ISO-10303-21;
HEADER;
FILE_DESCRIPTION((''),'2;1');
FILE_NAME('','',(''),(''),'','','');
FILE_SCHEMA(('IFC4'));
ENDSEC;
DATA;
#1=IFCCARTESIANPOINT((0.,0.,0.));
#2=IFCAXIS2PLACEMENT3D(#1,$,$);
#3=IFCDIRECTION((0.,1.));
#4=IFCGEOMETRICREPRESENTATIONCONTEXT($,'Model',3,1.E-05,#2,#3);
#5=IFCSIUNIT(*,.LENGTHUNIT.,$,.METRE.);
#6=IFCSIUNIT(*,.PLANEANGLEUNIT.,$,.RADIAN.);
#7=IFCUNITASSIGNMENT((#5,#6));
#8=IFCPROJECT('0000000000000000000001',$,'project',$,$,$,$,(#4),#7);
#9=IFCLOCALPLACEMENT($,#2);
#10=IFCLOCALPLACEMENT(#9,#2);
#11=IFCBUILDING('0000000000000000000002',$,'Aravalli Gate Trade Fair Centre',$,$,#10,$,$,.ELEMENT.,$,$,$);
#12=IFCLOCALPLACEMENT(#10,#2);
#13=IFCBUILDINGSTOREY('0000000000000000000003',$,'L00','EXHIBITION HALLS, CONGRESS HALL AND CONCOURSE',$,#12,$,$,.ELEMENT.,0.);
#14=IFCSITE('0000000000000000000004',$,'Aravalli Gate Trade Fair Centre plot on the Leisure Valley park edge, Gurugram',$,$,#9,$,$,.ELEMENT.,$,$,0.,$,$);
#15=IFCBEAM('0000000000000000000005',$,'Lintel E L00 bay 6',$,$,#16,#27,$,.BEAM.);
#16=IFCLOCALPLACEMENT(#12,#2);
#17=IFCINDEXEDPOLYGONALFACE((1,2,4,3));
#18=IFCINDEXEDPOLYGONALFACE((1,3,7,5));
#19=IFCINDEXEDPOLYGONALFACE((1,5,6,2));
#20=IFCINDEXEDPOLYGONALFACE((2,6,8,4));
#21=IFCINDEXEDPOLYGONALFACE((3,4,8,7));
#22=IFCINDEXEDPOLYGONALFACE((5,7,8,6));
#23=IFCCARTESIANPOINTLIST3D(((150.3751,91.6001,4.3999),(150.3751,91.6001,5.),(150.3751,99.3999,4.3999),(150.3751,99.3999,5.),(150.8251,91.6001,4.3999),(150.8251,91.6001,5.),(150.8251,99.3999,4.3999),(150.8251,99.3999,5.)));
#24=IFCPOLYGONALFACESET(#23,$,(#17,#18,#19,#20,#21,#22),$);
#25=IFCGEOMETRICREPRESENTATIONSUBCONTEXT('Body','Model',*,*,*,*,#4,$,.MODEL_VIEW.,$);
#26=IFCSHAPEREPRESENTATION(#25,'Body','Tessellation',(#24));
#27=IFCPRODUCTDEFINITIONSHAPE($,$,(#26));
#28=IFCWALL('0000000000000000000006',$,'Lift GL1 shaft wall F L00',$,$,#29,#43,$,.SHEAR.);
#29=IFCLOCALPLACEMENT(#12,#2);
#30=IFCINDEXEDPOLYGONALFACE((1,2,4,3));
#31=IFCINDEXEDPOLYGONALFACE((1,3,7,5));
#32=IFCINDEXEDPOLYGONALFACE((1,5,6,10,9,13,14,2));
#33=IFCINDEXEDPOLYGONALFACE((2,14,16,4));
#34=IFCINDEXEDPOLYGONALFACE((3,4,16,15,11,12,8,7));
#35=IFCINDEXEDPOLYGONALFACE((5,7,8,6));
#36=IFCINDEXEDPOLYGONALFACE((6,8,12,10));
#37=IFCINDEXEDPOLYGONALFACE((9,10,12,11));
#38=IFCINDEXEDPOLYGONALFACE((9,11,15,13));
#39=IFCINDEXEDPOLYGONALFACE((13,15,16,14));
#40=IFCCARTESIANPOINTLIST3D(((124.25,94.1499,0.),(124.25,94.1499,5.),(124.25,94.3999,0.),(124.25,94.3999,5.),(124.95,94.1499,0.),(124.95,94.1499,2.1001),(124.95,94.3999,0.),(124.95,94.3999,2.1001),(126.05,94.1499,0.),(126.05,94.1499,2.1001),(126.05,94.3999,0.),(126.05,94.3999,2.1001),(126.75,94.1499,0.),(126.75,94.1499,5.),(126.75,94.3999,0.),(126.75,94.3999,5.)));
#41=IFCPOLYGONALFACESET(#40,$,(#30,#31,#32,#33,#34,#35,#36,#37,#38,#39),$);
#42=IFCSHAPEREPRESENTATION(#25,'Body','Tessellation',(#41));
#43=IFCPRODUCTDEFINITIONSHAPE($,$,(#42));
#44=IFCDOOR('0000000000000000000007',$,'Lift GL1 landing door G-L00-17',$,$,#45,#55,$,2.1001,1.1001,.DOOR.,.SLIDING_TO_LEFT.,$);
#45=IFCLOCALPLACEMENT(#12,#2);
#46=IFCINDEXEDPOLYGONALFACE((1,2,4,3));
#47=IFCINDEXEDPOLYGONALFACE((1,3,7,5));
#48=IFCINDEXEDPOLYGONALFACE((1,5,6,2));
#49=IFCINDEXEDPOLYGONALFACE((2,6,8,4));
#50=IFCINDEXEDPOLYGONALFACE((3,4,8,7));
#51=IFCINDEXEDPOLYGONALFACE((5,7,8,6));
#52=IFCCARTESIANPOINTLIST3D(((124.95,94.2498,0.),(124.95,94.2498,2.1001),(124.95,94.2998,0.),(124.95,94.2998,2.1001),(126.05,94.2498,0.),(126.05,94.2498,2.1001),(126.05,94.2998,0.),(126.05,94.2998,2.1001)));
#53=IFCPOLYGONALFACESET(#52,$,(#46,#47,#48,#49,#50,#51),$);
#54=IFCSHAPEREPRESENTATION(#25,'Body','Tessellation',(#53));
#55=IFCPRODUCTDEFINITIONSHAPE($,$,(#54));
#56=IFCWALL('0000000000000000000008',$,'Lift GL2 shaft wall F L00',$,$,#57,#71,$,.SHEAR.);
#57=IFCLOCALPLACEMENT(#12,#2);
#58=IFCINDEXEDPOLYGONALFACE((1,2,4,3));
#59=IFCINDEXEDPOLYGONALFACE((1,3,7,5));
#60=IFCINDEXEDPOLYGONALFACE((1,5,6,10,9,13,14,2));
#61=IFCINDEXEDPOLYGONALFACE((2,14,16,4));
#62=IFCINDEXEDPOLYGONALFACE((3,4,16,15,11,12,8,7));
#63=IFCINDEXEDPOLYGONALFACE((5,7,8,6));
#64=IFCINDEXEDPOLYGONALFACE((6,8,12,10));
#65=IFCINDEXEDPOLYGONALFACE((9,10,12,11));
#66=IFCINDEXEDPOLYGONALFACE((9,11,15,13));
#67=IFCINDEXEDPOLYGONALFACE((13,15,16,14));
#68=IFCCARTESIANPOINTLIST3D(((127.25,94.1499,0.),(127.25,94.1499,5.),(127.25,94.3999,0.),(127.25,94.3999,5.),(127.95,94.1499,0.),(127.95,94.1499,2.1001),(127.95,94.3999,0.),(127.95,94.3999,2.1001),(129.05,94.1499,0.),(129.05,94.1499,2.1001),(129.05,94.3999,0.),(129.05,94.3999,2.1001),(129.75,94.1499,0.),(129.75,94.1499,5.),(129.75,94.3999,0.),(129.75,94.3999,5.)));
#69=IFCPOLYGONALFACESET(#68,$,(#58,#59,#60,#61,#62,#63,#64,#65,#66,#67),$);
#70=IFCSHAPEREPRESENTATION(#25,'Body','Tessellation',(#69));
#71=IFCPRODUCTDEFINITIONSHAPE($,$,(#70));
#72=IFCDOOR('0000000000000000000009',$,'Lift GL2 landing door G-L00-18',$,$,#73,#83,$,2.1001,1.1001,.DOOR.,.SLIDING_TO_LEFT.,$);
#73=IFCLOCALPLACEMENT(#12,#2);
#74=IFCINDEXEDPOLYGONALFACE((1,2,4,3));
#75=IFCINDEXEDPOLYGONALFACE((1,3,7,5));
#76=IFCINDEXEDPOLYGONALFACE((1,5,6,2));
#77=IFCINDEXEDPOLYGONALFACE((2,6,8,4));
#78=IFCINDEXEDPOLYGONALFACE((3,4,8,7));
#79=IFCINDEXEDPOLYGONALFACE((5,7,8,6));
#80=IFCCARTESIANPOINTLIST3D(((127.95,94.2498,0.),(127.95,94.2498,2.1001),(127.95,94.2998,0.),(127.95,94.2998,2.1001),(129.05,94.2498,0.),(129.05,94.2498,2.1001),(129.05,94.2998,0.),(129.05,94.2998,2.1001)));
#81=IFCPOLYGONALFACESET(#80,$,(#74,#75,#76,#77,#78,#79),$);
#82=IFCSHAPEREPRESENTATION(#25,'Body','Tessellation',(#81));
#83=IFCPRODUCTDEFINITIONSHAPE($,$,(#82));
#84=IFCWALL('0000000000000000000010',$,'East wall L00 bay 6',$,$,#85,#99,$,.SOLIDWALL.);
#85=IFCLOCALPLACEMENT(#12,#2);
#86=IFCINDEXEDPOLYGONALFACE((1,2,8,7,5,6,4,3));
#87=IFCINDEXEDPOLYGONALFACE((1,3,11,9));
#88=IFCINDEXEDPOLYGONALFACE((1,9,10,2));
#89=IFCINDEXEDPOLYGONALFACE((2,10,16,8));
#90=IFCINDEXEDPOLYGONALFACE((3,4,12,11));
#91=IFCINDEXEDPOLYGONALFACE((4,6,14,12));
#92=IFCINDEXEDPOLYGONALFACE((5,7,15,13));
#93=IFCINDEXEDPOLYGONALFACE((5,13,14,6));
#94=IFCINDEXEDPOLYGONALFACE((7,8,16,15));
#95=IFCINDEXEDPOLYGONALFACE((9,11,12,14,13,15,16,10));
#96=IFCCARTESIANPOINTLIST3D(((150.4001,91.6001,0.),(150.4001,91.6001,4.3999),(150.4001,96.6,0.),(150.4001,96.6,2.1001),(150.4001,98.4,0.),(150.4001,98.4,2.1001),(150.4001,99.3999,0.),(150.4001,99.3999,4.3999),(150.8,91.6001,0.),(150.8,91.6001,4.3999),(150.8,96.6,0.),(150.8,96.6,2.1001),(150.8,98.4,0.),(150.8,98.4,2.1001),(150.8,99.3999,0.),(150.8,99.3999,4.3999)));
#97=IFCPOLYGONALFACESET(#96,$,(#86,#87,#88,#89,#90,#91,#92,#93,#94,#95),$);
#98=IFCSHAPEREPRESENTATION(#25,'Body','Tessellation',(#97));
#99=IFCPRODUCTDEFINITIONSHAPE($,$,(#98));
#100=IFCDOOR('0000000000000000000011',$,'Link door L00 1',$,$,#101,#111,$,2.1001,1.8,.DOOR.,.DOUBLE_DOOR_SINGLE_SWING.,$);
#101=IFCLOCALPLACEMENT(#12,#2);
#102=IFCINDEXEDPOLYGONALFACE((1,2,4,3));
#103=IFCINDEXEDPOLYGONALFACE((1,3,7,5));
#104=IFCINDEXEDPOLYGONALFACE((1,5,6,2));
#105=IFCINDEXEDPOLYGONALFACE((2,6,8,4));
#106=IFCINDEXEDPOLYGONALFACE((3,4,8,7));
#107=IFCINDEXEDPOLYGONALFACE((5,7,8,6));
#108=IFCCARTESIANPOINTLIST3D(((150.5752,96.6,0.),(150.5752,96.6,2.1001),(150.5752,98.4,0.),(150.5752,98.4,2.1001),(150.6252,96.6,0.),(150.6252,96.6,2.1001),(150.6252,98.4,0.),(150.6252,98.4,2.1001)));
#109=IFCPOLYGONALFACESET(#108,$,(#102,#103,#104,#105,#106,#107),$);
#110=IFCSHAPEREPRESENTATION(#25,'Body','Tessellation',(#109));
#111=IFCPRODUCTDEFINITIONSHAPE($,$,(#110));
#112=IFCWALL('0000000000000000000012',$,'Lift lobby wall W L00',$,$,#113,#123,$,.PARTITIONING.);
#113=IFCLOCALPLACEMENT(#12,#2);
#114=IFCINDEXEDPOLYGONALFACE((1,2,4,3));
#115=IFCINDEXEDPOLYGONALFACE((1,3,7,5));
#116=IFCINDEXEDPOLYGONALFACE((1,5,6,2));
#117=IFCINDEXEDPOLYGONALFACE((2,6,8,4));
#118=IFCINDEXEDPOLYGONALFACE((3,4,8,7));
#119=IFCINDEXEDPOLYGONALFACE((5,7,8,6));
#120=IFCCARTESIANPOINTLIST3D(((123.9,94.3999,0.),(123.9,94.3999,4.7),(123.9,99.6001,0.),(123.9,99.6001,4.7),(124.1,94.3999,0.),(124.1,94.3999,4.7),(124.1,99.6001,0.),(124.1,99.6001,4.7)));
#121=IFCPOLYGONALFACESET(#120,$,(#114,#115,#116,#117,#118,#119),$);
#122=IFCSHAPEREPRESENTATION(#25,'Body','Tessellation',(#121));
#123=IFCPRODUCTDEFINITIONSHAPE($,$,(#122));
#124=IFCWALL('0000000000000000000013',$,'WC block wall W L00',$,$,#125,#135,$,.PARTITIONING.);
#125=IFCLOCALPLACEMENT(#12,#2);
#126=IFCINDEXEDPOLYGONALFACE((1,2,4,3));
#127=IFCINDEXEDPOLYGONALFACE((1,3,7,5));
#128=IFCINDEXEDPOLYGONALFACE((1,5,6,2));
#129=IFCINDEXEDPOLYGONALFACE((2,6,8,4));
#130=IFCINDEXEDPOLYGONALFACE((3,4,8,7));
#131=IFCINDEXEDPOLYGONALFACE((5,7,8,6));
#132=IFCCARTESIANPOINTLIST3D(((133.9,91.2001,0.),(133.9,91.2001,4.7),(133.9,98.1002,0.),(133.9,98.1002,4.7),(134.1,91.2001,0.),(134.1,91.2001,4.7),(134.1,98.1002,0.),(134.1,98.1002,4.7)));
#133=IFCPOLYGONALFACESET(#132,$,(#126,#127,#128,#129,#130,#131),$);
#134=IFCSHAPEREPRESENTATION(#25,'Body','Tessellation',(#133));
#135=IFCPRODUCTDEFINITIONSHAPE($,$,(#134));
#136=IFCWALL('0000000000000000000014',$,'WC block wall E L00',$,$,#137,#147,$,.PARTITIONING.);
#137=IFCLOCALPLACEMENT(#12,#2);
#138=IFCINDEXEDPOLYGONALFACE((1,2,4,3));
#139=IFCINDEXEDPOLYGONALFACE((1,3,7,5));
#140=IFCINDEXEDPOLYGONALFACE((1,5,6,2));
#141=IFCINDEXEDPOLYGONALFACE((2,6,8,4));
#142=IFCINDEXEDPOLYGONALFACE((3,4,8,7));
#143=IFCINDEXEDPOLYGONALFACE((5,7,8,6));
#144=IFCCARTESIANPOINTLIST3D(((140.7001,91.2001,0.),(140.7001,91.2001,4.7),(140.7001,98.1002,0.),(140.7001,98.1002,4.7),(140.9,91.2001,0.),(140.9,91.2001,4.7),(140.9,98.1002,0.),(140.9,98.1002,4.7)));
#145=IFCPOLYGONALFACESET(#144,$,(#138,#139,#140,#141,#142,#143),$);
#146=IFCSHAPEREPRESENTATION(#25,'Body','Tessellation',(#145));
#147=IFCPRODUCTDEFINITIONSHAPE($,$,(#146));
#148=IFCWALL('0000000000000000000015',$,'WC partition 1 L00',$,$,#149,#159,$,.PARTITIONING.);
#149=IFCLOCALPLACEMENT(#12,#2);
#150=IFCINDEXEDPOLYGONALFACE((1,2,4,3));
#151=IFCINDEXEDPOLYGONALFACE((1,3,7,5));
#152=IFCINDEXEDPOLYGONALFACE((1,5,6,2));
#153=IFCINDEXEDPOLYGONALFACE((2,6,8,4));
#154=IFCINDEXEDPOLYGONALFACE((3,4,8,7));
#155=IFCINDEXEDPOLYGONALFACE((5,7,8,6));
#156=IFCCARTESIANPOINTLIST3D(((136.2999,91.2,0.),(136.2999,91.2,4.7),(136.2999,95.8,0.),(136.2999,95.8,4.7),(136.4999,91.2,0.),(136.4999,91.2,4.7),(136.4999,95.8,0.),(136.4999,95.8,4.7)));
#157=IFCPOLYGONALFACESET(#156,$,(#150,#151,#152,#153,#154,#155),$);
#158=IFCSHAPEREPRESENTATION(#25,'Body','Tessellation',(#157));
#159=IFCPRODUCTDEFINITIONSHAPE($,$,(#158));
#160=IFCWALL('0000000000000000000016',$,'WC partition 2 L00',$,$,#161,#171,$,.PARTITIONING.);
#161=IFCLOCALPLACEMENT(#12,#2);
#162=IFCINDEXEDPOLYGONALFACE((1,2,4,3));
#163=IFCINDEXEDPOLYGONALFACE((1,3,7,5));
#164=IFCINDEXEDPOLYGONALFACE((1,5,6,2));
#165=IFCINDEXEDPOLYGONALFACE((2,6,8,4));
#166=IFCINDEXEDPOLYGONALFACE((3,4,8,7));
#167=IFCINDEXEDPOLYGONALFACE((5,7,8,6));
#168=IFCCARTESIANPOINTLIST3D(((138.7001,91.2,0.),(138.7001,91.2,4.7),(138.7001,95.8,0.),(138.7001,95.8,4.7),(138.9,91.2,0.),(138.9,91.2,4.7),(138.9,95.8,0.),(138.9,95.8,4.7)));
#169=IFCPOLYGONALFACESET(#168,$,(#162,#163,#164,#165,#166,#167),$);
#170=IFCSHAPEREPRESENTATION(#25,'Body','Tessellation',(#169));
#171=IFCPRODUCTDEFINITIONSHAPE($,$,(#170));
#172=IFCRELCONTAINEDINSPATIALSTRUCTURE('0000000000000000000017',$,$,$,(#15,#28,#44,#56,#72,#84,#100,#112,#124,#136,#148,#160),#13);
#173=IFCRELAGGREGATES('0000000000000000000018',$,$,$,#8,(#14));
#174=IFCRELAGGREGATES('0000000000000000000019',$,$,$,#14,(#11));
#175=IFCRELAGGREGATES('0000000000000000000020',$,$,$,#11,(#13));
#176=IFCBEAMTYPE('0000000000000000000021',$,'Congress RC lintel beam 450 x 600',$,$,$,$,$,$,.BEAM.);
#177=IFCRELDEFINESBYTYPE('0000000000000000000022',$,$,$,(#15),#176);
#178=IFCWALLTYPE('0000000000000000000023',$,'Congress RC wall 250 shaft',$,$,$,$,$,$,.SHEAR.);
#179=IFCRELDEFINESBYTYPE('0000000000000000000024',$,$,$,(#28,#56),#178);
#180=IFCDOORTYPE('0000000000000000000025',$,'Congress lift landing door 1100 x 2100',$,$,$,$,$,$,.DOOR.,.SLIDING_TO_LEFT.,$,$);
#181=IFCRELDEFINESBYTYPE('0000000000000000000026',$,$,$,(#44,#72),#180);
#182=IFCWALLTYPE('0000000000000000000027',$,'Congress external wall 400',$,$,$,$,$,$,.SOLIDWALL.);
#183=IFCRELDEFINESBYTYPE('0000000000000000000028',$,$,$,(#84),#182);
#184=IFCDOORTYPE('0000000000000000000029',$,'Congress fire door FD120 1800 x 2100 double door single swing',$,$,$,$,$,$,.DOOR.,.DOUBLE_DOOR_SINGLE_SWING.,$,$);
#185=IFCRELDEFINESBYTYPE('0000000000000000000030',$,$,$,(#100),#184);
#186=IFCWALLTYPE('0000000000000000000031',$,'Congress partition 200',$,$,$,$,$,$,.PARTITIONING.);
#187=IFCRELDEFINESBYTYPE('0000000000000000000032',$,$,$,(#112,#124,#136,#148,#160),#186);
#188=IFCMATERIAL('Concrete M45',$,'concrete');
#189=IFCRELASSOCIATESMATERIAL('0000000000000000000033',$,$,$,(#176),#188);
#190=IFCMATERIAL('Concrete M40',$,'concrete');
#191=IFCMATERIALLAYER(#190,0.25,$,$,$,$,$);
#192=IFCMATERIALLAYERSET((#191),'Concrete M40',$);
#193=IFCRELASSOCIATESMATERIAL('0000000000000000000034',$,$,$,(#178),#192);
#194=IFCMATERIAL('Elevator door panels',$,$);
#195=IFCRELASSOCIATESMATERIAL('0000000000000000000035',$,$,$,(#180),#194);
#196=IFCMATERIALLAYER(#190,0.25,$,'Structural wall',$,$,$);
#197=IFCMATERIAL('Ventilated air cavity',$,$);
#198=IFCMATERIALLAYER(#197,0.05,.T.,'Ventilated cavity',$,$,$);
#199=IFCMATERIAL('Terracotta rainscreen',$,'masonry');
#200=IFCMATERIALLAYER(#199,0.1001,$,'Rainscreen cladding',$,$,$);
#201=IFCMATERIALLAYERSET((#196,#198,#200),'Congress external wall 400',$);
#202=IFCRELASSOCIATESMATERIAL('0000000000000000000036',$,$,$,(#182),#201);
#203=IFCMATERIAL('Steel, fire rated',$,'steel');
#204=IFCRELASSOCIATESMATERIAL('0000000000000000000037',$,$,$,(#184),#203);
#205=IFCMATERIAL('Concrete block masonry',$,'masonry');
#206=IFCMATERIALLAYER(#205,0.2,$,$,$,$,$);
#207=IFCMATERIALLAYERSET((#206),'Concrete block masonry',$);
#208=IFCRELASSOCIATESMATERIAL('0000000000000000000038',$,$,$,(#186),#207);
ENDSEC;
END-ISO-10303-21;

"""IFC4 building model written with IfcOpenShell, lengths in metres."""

from ifc_helpers import new_model, si_unit, direction, frame, frame_2d, origin, origin_2d, place, context, subcontext, project, spatial, rectangle, extrude, material, layer, layer_set, material_profile, profile_set, type_object, element, fill, save


model = new_model("IFC4")

# Units and contexts
model_context = context("Model", 3, precision=1e-05, world=origin(), true_north=direction((0.0, 1.0)))
body_context = subcontext(model_context, "Body", "Model", "MODEL_VIEW")
ifc_project = project(units=[si_unit("LENGTHUNIT", "METRE"), si_unit("PLANEANGLEUNIT", "RADIAN")], contexts=[model_context])

# Site, building, storey
site_placement = place(None, origin())
site = spatial("IfcSite", under=ifc_project, at=site_placement, Name="Aravalli Gate Trade Fair Centre plot on the Leisure Valley park edge, Gurugram", CompositionType="ELEMENT", RefElevation=0.0)
building_placement = place(site_placement, origin())
building = spatial("IfcBuilding", under=site, at=building_placement, Name="Aravalli Gate Trade Fair Centre", CompositionType="ELEMENT")
storey_placement = place(building_placement, origin())
storey = spatial("IfcBuildingStorey", under=building, at=storey_placement, Name="L00", Description="EXHIBITION HALLS, CONGRESS HALL AND CONCOURSE", CompositionType="ELEMENT", Elevation=0.0)

# Beam
ifc_material_1 = material(Name="Concrete M45", Category="concrete")
ifc_material_profile = material_profile(ifc_material_1, rectangle(XDim=0.45, YDim=0.6001, at=origin_2d()), Name="RC 450x600")
ifc_profile_set = profile_set([ifc_material_profile], Name="Concrete M45")
beam_type = type_object("IfcBeamType", Name="Congress RC lintel beam 450 x 600", PredefinedType="BEAM", material=ifc_profile_set)
beam_placement = place(storey_placement, frame((150.6001, 91.6001, 4.7), z_axis=(0.0, 1.0, 0.0), x_axis=(-1.0, 0.0, 0.0)))
element("IfcBeam", 1, at=beam_placement, inside=storey, type_object=beam_type, Name="Lintel E L00 bay 6", PredefinedType="BEAM", context=body_context, shape_type="SweptSolid", body=[
    extrude(rectangle(XDim=0.45, YDim=0.6001, at=origin_2d()), origin(), (0.0, 0.0, 1.0), 7.7998),
])

# Walls, openings, doors
ifc_material_2 = material(Name="Concrete M40", Category="concrete")
ifc_layer_1 = layer(ifc_material_2, 0.25)
ifc_layer_set_1 = layer_set([ifc_layer_1], Name="Concrete M40")
wall_type_1 = type_object("IfcWallType", Name="Congress RC wall 250 shaft", PredefinedType="SHEAR", material=ifc_layer_set_1)
wall_1_placement = place(storey_placement, frame((124.25, 94.2749, 0.0), z_axis=(0.0, 0.0, 1.0), x_axis=(1.0, 0.0, 0.0)))
wall_1 = element("IfcWall", 2, at=wall_1_placement, inside=storey, type_object=wall_type_1, Name="Lift GL1 shaft wall F L00", PredefinedType="SHEAR", context=body_context, shape_type="SweptSolid", body=[
    extrude(rectangle(XDim=2.5, YDim=0.25, at=frame_2d((1.25, 0.0))), origin(), (0.0, 0.0, 1.0), 5.0),
])
opening_1_placement = place(wall_1_placement, frame((0.7, 0.0, 0.0)))
opening_1 = element("IfcOpeningElement", 3, at=opening_1_placement, cuts=wall_1, PredefinedType="OPENING", context=body_context, shape_type="SweptSolid", body=[
    extrude(rectangle(XDim=1.1001, YDim=2.1001, at=frame_2d((0.55, 1.05))), frame((0.0, 0.135, 0.0), z_axis=(0.0, -1.0, 0.0), x_axis=(1.0, 0.0, 0.0)), (0.0, 0.0, 1.0), 0.27),
])
ifc_material_3 = material(Name="Elevator door panels")
door_type_1 = type_object("IfcDoorType", Name="Congress lift landing door 1100 x 2100", OperationType="SLIDING_TO_LEFT", PredefinedType="DOOR", material=ifc_material_3)
door_1_placement = place(opening_1_placement, origin())
door_1 = element("IfcDoor", 4, at=door_1_placement, inside=storey, type_object=door_type_1, Name="Lift GL1 landing door G-L00-17", OperationType="SLIDING_TO_LEFT", OverallHeight=2.1001, OverallWidth=1.1001, PredefinedType="DOOR", context=body_context, shape_type="SweptSolid", body=[
    extrude(rectangle(XDim=1.1001, YDim=2.1001, at=frame_2d((0.55, 1.05))), frame((0.0, 0.0249, 0.0), z_axis=(0.0, -1.0, 0.0), x_axis=(1.0, 0.0, 0.0)), (0.0, 0.0, 1.0), 0.05),
])
fill(opening_1, door_1)
wall_2_placement = place(storey_placement, frame((127.25, 94.2749, 0.0), z_axis=(0.0, 0.0, 1.0), x_axis=(1.0, 0.0, 0.0)))
wall_2 = element("IfcWall", 5, at=wall_2_placement, inside=storey, type_object=wall_type_1, Name="Lift GL2 shaft wall F L00", PredefinedType="SHEAR", context=body_context, shape_type="SweptSolid", body=[
    extrude(rectangle(XDim=2.5, YDim=0.25, at=frame_2d((1.25, 0.0))), origin(), (0.0, 0.0, 1.0), 5.0),
])
opening_2_placement = place(wall_2_placement, frame((0.7, 0.0, 0.0)))
opening_2 = element("IfcOpeningElement", 6, at=opening_2_placement, cuts=wall_2, PredefinedType="OPENING", context=body_context, shape_type="SweptSolid", body=[
    extrude(rectangle(XDim=1.1001, YDim=2.1001, at=frame_2d((0.55, 1.05))), frame((0.0, 0.135, 0.0), z_axis=(0.0, -1.0, 0.0), x_axis=(1.0, 0.0, 0.0)), (0.0, 0.0, 1.0), 0.27),
])
door_2_placement = place(opening_2_placement, origin())
door_2 = element("IfcDoor", 7, at=door_2_placement, inside=storey, type_object=door_type_1, Name="Lift GL2 landing door G-L00-18", OperationType="SLIDING_TO_LEFT", OverallHeight=2.1001, OverallWidth=1.1001, PredefinedType="DOOR", context=body_context, shape_type="SweptSolid", body=[
    extrude(rectangle(XDim=1.1001, YDim=2.1001, at=frame_2d((0.55, 1.05))), frame((0.0, 0.0249, 0.0), z_axis=(0.0, -1.0, 0.0), x_axis=(1.0, 0.0, 0.0)), (0.0, 0.0, 1.0), 0.05),
])
fill(opening_2, door_2)
ifc_layer_2 = layer(ifc_material_2, 0.25, Name="Structural wall")
ifc_material_4 = material(Name="Ventilated air cavity")
ifc_layer_3 = layer(ifc_material_4, 0.05, ventilated=True, Name="Ventilated cavity")
ifc_material_5 = material(Name="Terracotta rainscreen", Category="masonry")
ifc_layer_4 = layer(ifc_material_5, 0.1001, Name="Rainscreen cladding")
ifc_layer_set_2 = layer_set([ifc_layer_2, ifc_layer_3, ifc_layer_4], Name="Congress external wall 400")
wall_type_2 = type_object("IfcWallType", Name="Congress external wall 400", PredefinedType="SOLIDWALL", material=ifc_layer_set_2)
wall_3_placement = place(storey_placement, frame((150.6001, 91.6001, 0.0), z_axis=(0.0, 0.0, 1.0), x_axis=(0.0, 1.0, 0.0)))
wall_3 = element("IfcWall", 8, at=wall_3_placement, inside=storey, type_object=wall_type_2, Name="East wall L00 bay 6", PredefinedType="SOLIDWALL", context=body_context, shape_type="SweptSolid", body=[
    extrude(rectangle(XDim=7.7998, YDim=0.3999, at=frame_2d((3.8999, 0.0))), origin(), (0.0, 0.0, 1.0), 4.3999),
])
opening_3_placement = place(wall_3_placement, frame((5.0, 0.0, 0.0)))
opening_3 = element("IfcOpeningElement", 9, at=opening_3_placement, cuts=wall_3, PredefinedType="OPENING", context=body_context, shape_type="SweptSolid", body=[
    extrude(rectangle(XDim=1.8, YDim=2.1001, at=frame_2d((0.8999, 1.05))), frame((0.0, 0.21, 0.0), z_axis=(0.0, -1.0, 0.0), x_axis=(1.0, 0.0, 0.0)), (0.0, 0.0, 1.0), 0.4199),
])
ifc_material_6 = material(Name="Steel, fire rated", Category="steel")
door_type_2 = type_object("IfcDoorType", Name="Congress fire door FD120 1800 x 2100 double door single swing", OperationType="DOUBLE_DOOR_SINGLE_SWING", PredefinedType="DOOR", material=ifc_material_6)
door_3_placement = place(opening_3_placement, origin())
door_3 = element("IfcDoor", 10, at=door_3_placement, inside=storey, type_object=door_type_2, Name="Link door L00 1", OperationType="DOUBLE_DOOR_SINGLE_SWING", OverallHeight=2.1001, OverallWidth=1.8, PredefinedType="DOOR", context=body_context, shape_type="SweptSolid", body=[
    extrude(rectangle(XDim=1.8, YDim=2.1001, at=frame_2d((0.8999, 1.05))), frame((0.0, 0.0249, 0.0), z_axis=(0.0, -1.0, 0.0), x_axis=(1.0, 0.0, 0.0)), (0.0, 0.0, 1.0), 0.05),
])
fill(opening_3, door_3)

# Walls
ifc_material_7 = material(Name="Concrete block masonry", Category="masonry")
ifc_layer_5 = layer(ifc_material_7, 0.2)
ifc_layer_set_3 = layer_set([ifc_layer_5], Name="Concrete block masonry")
wall_type_3 = type_object("IfcWallType", Name="Congress partition 200", PredefinedType="PARTITIONING", material=ifc_layer_set_3)
wall_4_placement = place(storey_placement, frame((124.0, 94.3999, 0.0), z_axis=(0.0, 0.0, 1.0), x_axis=(0.0, 1.0, 0.0)))
element("IfcWall", 11, at=wall_4_placement, inside=storey, type_object=wall_type_3, Name="Lift lobby wall W L00", PredefinedType="PARTITIONING", context=body_context, shape_type="SweptSolid", body=[
    extrude(rectangle(XDim=5.2002, YDim=0.2, at=frame_2d((2.6001, 0.0))), origin(), (0.0, 0.0, 1.0), 4.7),
])
for number, where, z_axis, x_axis, name in (
    (12, (134.0, 91.2, 0.0), (0.0, 0.0, 1.0), (0.0, 1.0, 0.0), "WC block wall W L00"),
    (13, (140.8, 91.2, 0.0), (0.0, 0.0, 1.0), (0.0, 1.0, 0.0), "WC block wall E L00"),
):
    element("IfcWall", number, at=place(storey_placement, frame(where, z_axis=z_axis, x_axis=x_axis)), inside=storey, type_object=wall_type_3, Name=name, PredefinedType="PARTITIONING", context=body_context, shape_type="SweptSolid", body=[
        extrude(rectangle(XDim=6.9001, YDim=0.2, at=frame_2d((3.4502, 0.0))), origin(), (0.0, 0.0, 1.0), 4.7),
    ])
for number, where, z_axis, x_axis, name in (
    (14, (136.3999, 91.2, 0.0), (0.0, 0.0, 1.0), (0.0, 1.0, 0.0), "WC partition 1 L00"),
    (15, (138.8, 91.2, 0.0), (0.0, 0.0, 1.0), (0.0, 1.0, 0.0), "WC partition 2 L00"),
):
    element("IfcWall", number, at=place(storey_placement, frame(where, z_axis=z_axis, x_axis=x_axis)), inside=storey, type_object=wall_type_3, Name=name, PredefinedType="PARTITIONING", context=body_context, shape_type="SweptSolid", body=[
        extrude(rectangle(XDim=4.6001, YDim=0.2, at=frame_2d((2.3, 0.0))), origin(), (0.0, 0.0, 1.0), 4.7),
    ])

save(model, "model.ifc")
